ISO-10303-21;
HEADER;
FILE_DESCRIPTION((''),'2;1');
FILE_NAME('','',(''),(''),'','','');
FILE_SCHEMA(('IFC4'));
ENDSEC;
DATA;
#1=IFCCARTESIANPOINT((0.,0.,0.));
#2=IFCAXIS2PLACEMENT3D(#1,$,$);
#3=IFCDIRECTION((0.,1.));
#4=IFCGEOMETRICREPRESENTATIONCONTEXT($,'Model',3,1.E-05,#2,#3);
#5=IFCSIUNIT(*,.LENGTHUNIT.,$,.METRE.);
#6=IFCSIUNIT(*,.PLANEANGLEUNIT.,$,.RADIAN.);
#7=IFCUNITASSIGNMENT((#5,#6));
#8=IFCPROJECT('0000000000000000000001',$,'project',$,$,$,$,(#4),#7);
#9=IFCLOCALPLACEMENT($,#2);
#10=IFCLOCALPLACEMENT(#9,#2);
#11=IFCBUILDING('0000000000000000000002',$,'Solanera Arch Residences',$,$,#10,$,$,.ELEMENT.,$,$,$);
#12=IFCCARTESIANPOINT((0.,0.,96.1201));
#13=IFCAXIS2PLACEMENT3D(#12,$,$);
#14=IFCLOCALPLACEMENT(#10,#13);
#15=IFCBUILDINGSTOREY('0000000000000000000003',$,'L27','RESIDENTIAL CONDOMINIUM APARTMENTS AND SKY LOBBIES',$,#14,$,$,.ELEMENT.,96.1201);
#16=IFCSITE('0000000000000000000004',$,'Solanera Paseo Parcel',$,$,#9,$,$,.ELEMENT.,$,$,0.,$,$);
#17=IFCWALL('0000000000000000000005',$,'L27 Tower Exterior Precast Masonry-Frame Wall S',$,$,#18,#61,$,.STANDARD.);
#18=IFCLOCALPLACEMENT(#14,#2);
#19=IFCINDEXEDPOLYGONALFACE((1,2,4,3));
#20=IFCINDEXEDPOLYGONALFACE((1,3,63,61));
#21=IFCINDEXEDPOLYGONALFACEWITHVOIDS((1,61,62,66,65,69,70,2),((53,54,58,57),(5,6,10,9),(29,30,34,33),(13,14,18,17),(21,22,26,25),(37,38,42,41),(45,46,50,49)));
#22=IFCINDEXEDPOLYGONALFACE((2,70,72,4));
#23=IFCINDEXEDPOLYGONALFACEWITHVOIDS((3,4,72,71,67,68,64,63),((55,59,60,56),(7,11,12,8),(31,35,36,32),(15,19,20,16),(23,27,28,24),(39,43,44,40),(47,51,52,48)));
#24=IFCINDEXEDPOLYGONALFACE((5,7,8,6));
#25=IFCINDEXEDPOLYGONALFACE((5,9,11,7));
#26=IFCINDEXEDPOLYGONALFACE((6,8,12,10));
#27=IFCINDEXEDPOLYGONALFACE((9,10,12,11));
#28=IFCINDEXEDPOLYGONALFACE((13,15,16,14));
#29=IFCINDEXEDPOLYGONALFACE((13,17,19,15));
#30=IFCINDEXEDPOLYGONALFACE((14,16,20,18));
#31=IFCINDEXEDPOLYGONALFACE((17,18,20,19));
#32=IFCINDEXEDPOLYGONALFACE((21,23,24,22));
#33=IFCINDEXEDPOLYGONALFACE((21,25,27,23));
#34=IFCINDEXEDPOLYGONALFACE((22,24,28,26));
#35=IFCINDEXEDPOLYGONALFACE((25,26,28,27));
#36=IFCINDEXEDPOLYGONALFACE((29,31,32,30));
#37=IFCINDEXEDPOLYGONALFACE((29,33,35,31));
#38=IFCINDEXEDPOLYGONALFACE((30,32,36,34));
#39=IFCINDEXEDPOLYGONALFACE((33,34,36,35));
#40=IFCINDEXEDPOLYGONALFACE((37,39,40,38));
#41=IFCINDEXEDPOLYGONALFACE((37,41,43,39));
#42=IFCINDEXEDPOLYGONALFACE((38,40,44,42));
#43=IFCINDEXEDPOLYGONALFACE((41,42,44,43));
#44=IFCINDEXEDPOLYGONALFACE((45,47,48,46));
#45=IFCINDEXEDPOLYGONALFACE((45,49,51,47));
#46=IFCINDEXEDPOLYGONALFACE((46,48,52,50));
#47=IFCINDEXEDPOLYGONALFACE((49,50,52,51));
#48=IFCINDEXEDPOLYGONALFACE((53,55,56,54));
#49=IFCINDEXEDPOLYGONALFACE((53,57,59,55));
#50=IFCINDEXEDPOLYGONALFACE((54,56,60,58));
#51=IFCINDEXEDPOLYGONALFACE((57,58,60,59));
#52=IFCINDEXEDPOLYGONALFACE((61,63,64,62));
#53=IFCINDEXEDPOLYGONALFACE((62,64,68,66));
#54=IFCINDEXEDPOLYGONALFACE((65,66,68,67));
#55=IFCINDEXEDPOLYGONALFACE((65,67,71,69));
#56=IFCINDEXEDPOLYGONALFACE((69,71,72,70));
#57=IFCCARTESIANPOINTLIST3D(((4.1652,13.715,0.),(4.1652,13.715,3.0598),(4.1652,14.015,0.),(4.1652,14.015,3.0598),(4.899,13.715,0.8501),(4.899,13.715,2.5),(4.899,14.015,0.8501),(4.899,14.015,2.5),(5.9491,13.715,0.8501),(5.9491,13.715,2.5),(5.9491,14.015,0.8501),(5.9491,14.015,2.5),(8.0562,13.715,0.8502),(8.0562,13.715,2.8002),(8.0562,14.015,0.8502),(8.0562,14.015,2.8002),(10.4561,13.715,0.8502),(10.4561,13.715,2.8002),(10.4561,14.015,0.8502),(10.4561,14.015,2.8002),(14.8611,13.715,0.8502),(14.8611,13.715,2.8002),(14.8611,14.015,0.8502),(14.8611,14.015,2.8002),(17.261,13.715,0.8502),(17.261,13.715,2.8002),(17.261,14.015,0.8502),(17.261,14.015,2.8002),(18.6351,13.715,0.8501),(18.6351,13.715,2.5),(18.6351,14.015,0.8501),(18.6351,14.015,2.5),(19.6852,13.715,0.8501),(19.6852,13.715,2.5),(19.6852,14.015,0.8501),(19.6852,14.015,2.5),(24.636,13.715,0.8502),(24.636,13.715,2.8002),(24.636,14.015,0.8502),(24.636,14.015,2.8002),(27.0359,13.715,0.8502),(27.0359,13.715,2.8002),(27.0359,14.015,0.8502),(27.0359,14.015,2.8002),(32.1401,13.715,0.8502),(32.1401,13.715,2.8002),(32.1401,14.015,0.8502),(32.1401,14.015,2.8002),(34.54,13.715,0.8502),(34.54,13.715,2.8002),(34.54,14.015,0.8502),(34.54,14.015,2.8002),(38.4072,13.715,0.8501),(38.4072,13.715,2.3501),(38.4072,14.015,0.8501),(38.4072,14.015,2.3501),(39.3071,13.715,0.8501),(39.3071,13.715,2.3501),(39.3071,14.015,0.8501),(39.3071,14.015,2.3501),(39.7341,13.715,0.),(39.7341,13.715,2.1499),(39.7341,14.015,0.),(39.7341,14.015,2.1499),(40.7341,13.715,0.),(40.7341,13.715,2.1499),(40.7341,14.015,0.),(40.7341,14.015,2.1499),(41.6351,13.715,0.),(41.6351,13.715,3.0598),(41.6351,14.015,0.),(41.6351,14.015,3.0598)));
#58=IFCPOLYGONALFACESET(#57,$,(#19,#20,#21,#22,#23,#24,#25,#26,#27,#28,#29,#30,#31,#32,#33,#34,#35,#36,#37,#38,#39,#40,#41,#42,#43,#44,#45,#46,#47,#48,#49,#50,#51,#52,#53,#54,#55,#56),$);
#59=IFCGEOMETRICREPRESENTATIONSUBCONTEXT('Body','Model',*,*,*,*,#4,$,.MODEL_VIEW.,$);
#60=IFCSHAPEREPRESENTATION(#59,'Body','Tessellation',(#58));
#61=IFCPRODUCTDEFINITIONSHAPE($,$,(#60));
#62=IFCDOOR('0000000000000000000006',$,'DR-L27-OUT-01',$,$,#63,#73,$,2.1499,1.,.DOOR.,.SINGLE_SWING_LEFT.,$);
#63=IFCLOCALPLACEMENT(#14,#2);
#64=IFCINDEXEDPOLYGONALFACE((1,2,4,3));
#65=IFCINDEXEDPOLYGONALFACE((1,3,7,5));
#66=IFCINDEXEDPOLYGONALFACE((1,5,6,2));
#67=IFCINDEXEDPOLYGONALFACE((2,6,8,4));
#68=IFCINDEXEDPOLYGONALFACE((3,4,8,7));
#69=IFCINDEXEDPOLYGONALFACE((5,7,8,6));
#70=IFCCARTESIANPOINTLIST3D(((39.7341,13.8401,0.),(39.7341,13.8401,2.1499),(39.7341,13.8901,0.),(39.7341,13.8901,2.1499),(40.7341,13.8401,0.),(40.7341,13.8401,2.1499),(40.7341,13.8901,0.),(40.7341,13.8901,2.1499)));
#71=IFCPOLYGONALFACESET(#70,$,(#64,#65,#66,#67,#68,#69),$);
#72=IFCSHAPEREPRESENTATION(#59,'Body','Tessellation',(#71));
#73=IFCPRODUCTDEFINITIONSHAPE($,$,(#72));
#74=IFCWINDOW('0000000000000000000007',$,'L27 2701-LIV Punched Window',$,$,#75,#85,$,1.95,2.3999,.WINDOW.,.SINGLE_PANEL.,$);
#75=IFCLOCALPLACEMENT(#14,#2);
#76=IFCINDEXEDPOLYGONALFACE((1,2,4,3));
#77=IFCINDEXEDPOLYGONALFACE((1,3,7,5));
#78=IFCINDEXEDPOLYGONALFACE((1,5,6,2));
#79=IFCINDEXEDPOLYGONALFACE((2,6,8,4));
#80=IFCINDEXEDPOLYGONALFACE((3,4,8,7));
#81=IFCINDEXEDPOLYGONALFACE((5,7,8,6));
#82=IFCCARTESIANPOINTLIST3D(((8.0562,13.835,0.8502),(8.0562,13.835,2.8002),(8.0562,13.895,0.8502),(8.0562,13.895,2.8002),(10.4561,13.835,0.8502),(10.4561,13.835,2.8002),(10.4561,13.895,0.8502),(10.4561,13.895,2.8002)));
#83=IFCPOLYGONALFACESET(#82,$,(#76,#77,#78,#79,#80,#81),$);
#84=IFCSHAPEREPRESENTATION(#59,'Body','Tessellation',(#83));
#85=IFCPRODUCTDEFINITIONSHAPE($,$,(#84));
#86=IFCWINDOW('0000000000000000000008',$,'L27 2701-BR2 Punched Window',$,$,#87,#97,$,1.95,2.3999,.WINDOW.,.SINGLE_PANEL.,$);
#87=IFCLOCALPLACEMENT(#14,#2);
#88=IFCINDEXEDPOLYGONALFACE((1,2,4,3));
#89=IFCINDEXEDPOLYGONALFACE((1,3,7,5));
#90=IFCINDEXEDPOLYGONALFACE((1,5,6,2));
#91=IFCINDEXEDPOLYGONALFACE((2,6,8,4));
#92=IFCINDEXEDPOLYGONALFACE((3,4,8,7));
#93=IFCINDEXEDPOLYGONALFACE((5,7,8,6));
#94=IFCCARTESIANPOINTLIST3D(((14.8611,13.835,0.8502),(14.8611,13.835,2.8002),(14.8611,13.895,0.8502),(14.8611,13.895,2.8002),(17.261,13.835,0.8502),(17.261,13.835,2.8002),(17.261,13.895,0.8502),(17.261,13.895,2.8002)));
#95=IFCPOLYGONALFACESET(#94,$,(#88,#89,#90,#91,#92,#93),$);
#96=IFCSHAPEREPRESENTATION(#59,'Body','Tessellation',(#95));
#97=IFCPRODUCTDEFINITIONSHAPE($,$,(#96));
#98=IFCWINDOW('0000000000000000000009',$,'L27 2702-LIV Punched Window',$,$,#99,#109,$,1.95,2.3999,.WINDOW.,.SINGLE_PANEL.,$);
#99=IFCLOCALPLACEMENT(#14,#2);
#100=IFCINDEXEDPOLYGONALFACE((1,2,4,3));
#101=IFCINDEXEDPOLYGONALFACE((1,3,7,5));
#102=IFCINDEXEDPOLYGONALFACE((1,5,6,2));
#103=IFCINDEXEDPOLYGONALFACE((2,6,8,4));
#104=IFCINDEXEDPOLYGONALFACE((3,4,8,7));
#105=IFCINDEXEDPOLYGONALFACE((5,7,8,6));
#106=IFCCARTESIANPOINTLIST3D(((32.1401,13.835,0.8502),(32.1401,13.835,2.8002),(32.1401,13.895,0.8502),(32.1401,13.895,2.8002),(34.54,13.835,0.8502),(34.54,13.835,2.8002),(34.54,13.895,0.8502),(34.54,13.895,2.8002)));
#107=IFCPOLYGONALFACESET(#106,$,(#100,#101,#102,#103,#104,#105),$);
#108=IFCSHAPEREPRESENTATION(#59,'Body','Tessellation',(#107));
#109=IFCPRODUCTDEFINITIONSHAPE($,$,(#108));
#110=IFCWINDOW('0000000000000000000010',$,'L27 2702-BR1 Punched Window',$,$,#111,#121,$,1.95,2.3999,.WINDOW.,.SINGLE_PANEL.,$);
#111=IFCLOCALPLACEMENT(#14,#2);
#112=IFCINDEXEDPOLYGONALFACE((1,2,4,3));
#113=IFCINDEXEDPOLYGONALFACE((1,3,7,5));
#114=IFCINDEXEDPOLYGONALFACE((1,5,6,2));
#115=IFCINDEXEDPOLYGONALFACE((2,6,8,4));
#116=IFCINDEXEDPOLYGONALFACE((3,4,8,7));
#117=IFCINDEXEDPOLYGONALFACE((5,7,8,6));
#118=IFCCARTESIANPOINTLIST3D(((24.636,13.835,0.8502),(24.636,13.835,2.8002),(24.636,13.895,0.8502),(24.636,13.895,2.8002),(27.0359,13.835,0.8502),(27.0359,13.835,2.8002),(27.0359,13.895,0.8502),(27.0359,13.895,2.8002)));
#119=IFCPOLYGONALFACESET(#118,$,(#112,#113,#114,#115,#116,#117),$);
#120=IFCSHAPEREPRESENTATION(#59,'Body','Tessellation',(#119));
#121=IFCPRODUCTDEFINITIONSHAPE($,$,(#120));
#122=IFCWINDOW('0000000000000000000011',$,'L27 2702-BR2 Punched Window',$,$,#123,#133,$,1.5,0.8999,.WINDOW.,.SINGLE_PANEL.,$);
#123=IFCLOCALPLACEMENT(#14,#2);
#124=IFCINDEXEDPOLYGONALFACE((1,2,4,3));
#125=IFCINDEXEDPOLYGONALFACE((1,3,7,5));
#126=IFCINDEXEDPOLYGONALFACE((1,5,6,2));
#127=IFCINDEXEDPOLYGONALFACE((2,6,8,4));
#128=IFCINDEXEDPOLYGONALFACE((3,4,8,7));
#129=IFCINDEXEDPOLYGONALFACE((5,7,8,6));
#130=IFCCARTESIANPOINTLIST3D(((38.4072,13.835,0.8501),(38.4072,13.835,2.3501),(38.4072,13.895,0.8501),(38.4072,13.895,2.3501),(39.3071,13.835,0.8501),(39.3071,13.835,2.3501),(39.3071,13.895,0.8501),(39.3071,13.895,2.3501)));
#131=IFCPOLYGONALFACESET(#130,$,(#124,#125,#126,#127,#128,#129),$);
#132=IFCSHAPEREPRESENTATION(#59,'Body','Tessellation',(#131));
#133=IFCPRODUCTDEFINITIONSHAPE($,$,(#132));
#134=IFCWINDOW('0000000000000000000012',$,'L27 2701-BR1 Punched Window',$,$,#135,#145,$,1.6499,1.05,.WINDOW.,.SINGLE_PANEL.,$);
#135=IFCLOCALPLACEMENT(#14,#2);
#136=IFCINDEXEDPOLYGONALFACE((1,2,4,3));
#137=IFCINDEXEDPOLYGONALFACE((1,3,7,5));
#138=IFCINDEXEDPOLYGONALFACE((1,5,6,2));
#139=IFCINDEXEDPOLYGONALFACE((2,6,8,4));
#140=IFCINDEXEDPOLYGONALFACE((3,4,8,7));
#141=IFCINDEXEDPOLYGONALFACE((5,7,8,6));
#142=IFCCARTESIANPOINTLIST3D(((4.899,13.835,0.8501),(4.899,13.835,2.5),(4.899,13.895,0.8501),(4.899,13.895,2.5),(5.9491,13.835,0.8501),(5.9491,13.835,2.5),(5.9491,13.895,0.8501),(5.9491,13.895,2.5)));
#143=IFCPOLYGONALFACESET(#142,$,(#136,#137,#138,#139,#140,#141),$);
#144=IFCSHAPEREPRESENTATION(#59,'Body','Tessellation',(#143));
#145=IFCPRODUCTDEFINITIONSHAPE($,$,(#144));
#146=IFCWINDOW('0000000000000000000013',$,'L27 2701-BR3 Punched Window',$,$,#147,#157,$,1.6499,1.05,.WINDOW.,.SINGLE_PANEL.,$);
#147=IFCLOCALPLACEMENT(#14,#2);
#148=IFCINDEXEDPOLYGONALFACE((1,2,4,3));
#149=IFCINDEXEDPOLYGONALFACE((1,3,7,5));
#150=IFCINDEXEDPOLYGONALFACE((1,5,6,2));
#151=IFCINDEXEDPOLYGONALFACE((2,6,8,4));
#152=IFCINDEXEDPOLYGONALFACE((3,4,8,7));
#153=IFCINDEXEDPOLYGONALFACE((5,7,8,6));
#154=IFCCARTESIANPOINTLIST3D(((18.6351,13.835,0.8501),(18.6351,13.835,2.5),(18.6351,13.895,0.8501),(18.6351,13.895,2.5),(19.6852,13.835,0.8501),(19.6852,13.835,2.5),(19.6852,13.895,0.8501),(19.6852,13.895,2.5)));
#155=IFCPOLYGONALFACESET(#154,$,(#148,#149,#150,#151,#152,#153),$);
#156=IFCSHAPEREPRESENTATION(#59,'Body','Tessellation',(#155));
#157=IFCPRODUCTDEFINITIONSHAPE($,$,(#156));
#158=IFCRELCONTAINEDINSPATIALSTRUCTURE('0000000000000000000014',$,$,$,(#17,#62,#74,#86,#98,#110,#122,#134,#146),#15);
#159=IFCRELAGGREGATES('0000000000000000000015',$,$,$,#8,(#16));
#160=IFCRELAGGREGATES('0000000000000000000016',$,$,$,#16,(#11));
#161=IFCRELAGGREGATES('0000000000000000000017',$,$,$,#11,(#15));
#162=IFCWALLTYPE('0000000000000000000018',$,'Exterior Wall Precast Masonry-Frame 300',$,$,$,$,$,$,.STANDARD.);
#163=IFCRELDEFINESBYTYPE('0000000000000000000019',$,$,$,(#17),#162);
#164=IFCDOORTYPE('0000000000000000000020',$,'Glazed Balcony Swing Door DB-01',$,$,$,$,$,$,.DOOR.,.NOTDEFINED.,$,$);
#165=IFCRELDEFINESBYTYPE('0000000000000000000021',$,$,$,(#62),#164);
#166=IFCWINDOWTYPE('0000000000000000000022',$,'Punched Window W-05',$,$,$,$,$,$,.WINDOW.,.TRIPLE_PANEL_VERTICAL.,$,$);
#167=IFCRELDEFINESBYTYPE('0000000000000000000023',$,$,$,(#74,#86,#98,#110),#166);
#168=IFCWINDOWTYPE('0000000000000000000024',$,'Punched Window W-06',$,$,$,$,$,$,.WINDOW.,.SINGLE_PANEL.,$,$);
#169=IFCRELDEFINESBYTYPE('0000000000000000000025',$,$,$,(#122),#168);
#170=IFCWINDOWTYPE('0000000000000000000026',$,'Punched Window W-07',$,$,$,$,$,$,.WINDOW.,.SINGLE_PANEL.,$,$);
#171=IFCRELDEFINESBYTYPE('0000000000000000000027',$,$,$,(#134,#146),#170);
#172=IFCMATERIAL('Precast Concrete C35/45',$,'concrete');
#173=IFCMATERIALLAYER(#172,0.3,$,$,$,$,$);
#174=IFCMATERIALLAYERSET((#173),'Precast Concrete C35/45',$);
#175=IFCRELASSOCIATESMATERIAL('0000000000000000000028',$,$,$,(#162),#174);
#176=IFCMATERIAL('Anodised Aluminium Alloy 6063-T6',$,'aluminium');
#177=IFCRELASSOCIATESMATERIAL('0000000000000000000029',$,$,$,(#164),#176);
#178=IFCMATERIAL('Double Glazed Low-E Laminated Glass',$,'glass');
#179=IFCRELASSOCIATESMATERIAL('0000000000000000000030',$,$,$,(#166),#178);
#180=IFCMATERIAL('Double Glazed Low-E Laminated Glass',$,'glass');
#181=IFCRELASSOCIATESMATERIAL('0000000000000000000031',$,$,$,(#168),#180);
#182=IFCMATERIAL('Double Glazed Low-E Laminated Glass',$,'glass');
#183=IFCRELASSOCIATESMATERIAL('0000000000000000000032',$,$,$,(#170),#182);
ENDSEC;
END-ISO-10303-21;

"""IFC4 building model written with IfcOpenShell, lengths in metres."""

from ifc_helpers import new_model, si_unit, direction, frame, frame_2d, origin, place, context, subcontext, project, spatial, rectangle, extrude, material, layer, layer_set, type_object, element, fill, save


model = new_model("IFC4")

# Units and contexts
model_context = context("Model", 3, precision=1e-05, world=origin(), true_north=direction((0.0, 1.0)))
body_context = subcontext(model_context, "Body", "Model", "MODEL_VIEW")
ifc_project = project(units=[si_unit("LENGTHUNIT", "METRE"), si_unit("PLANEANGLEUNIT", "RADIAN")], contexts=[model_context])

# Site, building, storey
site_placement = place(None, origin())
site = spatial("IfcSite", under=ifc_project, at=site_placement, Name="Solanera Paseo Parcel", CompositionType="ELEMENT", RefElevation=0.0)
building_placement = place(site_placement, origin())
building = spatial("IfcBuilding", under=site, at=building_placement, Name="Solanera Arch Residences", CompositionType="ELEMENT")
storey_placement = place(building_placement, frame((0.0, 0.0, 96.1201)))
storey = spatial("IfcBuildingStorey", under=building, at=storey_placement, Name="L27", Description="RESIDENTIAL CONDOMINIUM APARTMENTS AND SKY LOBBIES", CompositionType="ELEMENT", Elevation=96.1201)

# Shared definitions
ifc_material_1 = material(Name="Precast Concrete C35/45", Category="concrete")
ifc_layer_1 = layer(ifc_material_1, 0.3)
ifc_layer_set_1 = layer_set([ifc_layer_1], Name="Precast Concrete C35/45")
wall_type_1 = type_object("IfcWallType", Name="Exterior Wall Precast Masonry-Frame 300", PredefinedType="STANDARD", material=ifc_layer_set_1)

# Wall, openings, door, windows
wall_1_placement = place(storey_placement, frame((41.635, 13.865, 0.0), z_axis=(0.0, 0.0, 1.0), x_axis=(-1.0, 0.0, 0.0)))
wall_1 = element("IfcWall", 1, at=wall_1_placement, inside=storey, type_object=wall_type_1, Name="L27 Tower Exterior Precast Masonry-Frame Wall S", PredefinedType="STANDARD", context=body_context, shape_type="SweptSolid", body=[
    extrude(rectangle(XDim=37.47, YDim=0.3, at=frame_2d((18.7349, 0.0))), origin(), (0.0, 0.0, 1.0), 3.0598),
])
opening_1_placement = place(wall_1_placement, frame((0.9009, 0.0, 0.0)))
opening_1 = element("IfcOpeningElement", 2, at=opening_1_placement, cuts=wall_1, PredefinedType="OPENING", context=body_context, shape_type="SweptSolid", body=[
    extrude(rectangle(XDim=1.0, YDim=2.1499, at=frame_2d((0.5, 1.075))), frame((0.0, 0.1599, 0.0), z_axis=(0.0, -1.0, 0.0), x_axis=(1.0, 0.0, 0.0)), (0.0, 0.0, 1.0), 0.32),
])
opening_2_placement = place(wall_1_placement, frame((31.179, 0.0, 0.8501)))
opening_2 = element("IfcOpeningElement", 3, at=opening_2_placement, cuts=wall_1, PredefinedType="OPENING", context=body_context, shape_type="SweptSolid", body=[
    extrude(rectangle(XDim=2.3999, YDim=1.95, at=frame_2d((1.2, 0.9751))), frame((0.0, 0.1599, 0.0), z_axis=(0.0, -1.0, 0.0), x_axis=(1.0, 0.0, 0.0)), (0.0, 0.0, 1.0), 0.32),
])
opening_3_placement = place(wall_1_placement, frame((35.686, 0.0, 0.8501)))
opening_3 = element("IfcOpeningElement", 4, at=opening_3_placement, cuts=wall_1, PredefinedType="OPENING", context=body_context, shape_type="SweptSolid", body=[
    extrude(rectangle(XDim=1.05, YDim=1.6499, at=frame_2d((0.5249, 0.825))), frame((0.0, 0.1599, 0.0), z_axis=(0.0, -1.0, 0.0), x_axis=(1.0, 0.0, 0.0)), (0.0, 0.0, 1.0), 0.32),
])
opening_4_placement = place(wall_1_placement, frame((24.374, 0.0, 0.8501)))
opening_4 = element("IfcOpeningElement", 5, at=opening_4_placement, cuts=wall_1, PredefinedType="OPENING", context=body_context, shape_type="SweptSolid", body=[
    extrude(rectangle(XDim=2.3999, YDim=1.95, at=frame_2d((1.2, 0.9751))), frame((0.0, 0.1599, 0.0), z_axis=(0.0, -1.0, 0.0), x_axis=(1.0, 0.0, 0.0)), (0.0, 0.0, 1.0), 0.32),
])
opening_5_placement = place(wall_1_placement, frame((21.95, 0.0, 0.8501)))
opening_5 = element("IfcOpeningElement", 6, at=opening_5_placement, cuts=wall_1, PredefinedType="OPENING", context=body_context, shape_type="SweptSolid", body=[
    extrude(rectangle(XDim=1.05, YDim=1.6499, at=frame_2d((0.5249, 0.825))), frame((0.0, 0.1599, 0.0), z_axis=(0.0, -1.0, 0.0), x_axis=(1.0, 0.0, 0.0)), (0.0, 0.0, 1.0), 0.32),
])
opening_6_placement = place(wall_1_placement, frame((7.095, 0.0, 0.8501)))
opening_6 = element("IfcOpeningElement", 7, at=opening_6_placement, cuts=wall_1, PredefinedType="OPENING", context=body_context, shape_type="SweptSolid", body=[
    extrude(rectangle(XDim=2.3999, YDim=1.95, at=frame_2d((1.2, 0.9751))), frame((0.0, 0.1599, 0.0), z_axis=(0.0, -1.0, 0.0), x_axis=(1.0, 0.0, 0.0)), (0.0, 0.0, 1.0), 0.32),
])
opening_7_placement = place(wall_1_placement, frame((14.5991, 0.0, 0.8501)))
opening_7 = element("IfcOpeningElement", 8, at=opening_7_placement, cuts=wall_1, PredefinedType="OPENING", context=body_context, shape_type="SweptSolid", body=[
    extrude(rectangle(XDim=2.3999, YDim=1.95, at=frame_2d((1.2, 0.9751))), frame((0.0, 0.1599, 0.0), z_axis=(0.0, -1.0, 0.0), x_axis=(1.0, 0.0, 0.0)), (0.0, 0.0, 1.0), 0.32),
])
opening_8_placement = place(wall_1_placement, frame((2.3279, 0.0, 0.8501)))
opening_8 = element("IfcOpeningElement", 9, at=opening_8_placement, cuts=wall_1, PredefinedType="OPENING", context=body_context, shape_type="SweptSolid", body=[
    extrude(rectangle(XDim=0.8999, YDim=1.5, at=frame_2d((0.45, 0.75))), frame((0.0, 0.1599, 0.0), z_axis=(0.0, -1.0, 0.0), x_axis=(1.0, 0.0, 0.0)), (0.0, 0.0, 1.0), 0.32),
])
ifc_material_2 = material(Name="Anodised Aluminium Alloy 6063-T6", Category="aluminium")
door_type_1 = type_object("IfcDoorType", Name="Glazed Balcony Swing Door DB-01", OperationType="NOTDEFINED", PredefinedType="DOOR", material=ifc_material_2)
door_1_placement = place(opening_1_placement, origin())
door_1 = element("IfcDoor", 10, at=door_1_placement, inside=storey, type_object=door_type_1, Name="DR-L27-OUT-01", OperationType="SINGLE_SWING_LEFT", OverallHeight=2.1499, OverallWidth=1.0, PredefinedType="DOOR", context=body_context, shape_type="SweptSolid", body=[
    extrude(rectangle(XDim=1.0, YDim=2.1499, at=frame_2d((0.5, 1.075))), frame((0.0, 0.0249, 0.0), z_axis=(0.0, -1.0, 0.0), x_axis=(1.0, 0.0, 0.0)), (0.0, 0.0, 1.0), 0.05),
])
fill(opening_1, door_1)
ifc_material_3 = material(Name="Double Glazed Low-E Laminated Glass", Category="glass")
window_type_1 = type_object("IfcWindowType", Name="Punched Window W-05", PartitioningType="TRIPLE_PANEL_VERTICAL", PredefinedType="WINDOW", material=ifc_material_3)
window_1_placement = place(opening_2_placement, origin())
window_1 = element("IfcWindow", 11, at=window_1_placement, inside=storey, type_object=window_type_1, Name="L27 2701-LIV Punched Window", OverallHeight=1.95, OverallWidth=2.3999, PartitioningType="SINGLE_PANEL", PredefinedType="WINDOW", context=body_context, shape_type="SweptSolid", body=[
    extrude(rectangle(XDim=2.3999, YDim=1.95, at=frame_2d((1.2, 0.9751))), frame((0.0, 0.03, 0.0), z_axis=(0.0, -1.0, 0.0), x_axis=(1.0, 0.0, 0.0)), (0.0, 0.0, 1.0), 0.0601),
])
fill(opening_2, window_1)
window_2_placement = place(opening_4_placement, origin())
window_2 = element("IfcWindow", 12, at=window_2_placement, inside=storey, type_object=window_type_1, Name="L27 2701-BR2 Punched Window", OverallHeight=1.95, OverallWidth=2.3999, PartitioningType="SINGLE_PANEL", PredefinedType="WINDOW", context=body_context, shape_type="SweptSolid", body=[
    extrude(rectangle(XDim=2.3999, YDim=1.95, at=frame_2d((1.2, 0.9751))), frame((0.0, 0.03, 0.0), z_axis=(0.0, -1.0, 0.0), x_axis=(1.0, 0.0, 0.0)), (0.0, 0.0, 1.0), 0.0601),
])
fill(opening_4, window_2)
window_3_placement = place(opening_6_placement, origin())
window_3 = element("IfcWindow", 13, at=window_3_placement, inside=storey, type_object=window_type_1, Name="L27 2702-LIV Punched Window", OverallHeight=1.95, OverallWidth=2.3999, PartitioningType="SINGLE_PANEL", PredefinedType="WINDOW", context=body_context, shape_type="SweptSolid", body=[
    extrude(rectangle(XDim=2.3999, YDim=1.95, at=frame_2d((1.2, 0.9751))), frame((0.0, 0.03, 0.0), z_axis=(0.0, -1.0, 0.0), x_axis=(1.0, 0.0, 0.0)), (0.0, 0.0, 1.0), 0.0601),
])
fill(opening_6, window_3)
window_4_placement = place(opening_7_placement, origin())
window_4 = element("IfcWindow", 14, at=window_4_placement, inside=storey, type_object=window_type_1, Name="L27 2702-BR1 Punched Window", OverallHeight=1.95, OverallWidth=2.3999, PartitioningType="SINGLE_PANEL", PredefinedType="WINDOW", context=body_context, shape_type="SweptSolid", body=[
    extrude(rectangle(XDim=2.3999, YDim=1.95, at=frame_2d((1.2, 0.9751))), frame((0.0, 0.03, 0.0), z_axis=(0.0, -1.0, 0.0), x_axis=(1.0, 0.0, 0.0)), (0.0, 0.0, 1.0), 0.0601),
])
fill(opening_7, window_4)
ifc_material_4 = material(Name="Double Glazed Low-E Laminated Glass", Category="glass")
window_type_2 = type_object("IfcWindowType", Name="Punched Window W-06", PartitioningType="SINGLE_PANEL", PredefinedType="WINDOW", material=ifc_material_4)
window_5_placement = place(opening_8_placement, origin())
window_5 = element("IfcWindow", 15, at=window_5_placement, inside=storey, type_object=window_type_2, Name="L27 2702-BR2 Punched Window", OverallHeight=1.5, OverallWidth=0.8999, PartitioningType="SINGLE_PANEL", PredefinedType="WINDOW", context=body_context, shape_type="SweptSolid", body=[
    extrude(rectangle(XDim=0.8999, YDim=1.5, at=frame_2d((0.45, 0.75))), frame((0.0, 0.03, 0.0), z_axis=(0.0, -1.0, 0.0), x_axis=(1.0, 0.0, 0.0)), (0.0, 0.0, 1.0), 0.0601),
])
fill(opening_8, window_5)
ifc_material_5 = material(Name="Double Glazed Low-E Laminated Glass", Category="glass")
window_type_3 = type_object("IfcWindowType", Name="Punched Window W-07", PartitioningType="SINGLE_PANEL", PredefinedType="WINDOW", material=ifc_material_5)
window_6_placement = place(opening_3_placement, origin())
window_6 = element("IfcWindow", 16, at=window_6_placement, inside=storey, type_object=window_type_3, Name="L27 2701-BR1 Punched Window", OverallHeight=1.6499, OverallWidth=1.05, PartitioningType="SINGLE_PANEL", PredefinedType="WINDOW", context=body_context, shape_type="SweptSolid", body=[
    extrude(rectangle(XDim=1.05, YDim=1.6499, at=frame_2d((0.5249, 0.825))), frame((0.0, 0.03, 0.0), z_axis=(0.0, -1.0, 0.0), x_axis=(1.0, 0.0, 0.0)), (0.0, 0.0, 1.0), 0.0601),
])
fill(opening_3, window_6)
window_7_placement = place(opening_5_placement, origin())
window_7 = element("IfcWindow", 17, at=window_7_placement, inside=storey, type_object=window_type_3, Name="L27 2701-BR3 Punched Window", OverallHeight=1.6499, OverallWidth=1.05, PartitioningType="SINGLE_PANEL", PredefinedType="WINDOW", context=body_context, shape_type="SweptSolid", body=[
    extrude(rectangle(XDim=1.05, YDim=1.6499, at=frame_2d((0.5249, 0.825))), frame((0.0, 0.03, 0.0), z_axis=(0.0, -1.0, 0.0), x_axis=(1.0, 0.0, 0.0)), (0.0, 0.0, 1.0), 0.0601),
])
fill(opening_5, window_7)

save(model, "model.ifc")
